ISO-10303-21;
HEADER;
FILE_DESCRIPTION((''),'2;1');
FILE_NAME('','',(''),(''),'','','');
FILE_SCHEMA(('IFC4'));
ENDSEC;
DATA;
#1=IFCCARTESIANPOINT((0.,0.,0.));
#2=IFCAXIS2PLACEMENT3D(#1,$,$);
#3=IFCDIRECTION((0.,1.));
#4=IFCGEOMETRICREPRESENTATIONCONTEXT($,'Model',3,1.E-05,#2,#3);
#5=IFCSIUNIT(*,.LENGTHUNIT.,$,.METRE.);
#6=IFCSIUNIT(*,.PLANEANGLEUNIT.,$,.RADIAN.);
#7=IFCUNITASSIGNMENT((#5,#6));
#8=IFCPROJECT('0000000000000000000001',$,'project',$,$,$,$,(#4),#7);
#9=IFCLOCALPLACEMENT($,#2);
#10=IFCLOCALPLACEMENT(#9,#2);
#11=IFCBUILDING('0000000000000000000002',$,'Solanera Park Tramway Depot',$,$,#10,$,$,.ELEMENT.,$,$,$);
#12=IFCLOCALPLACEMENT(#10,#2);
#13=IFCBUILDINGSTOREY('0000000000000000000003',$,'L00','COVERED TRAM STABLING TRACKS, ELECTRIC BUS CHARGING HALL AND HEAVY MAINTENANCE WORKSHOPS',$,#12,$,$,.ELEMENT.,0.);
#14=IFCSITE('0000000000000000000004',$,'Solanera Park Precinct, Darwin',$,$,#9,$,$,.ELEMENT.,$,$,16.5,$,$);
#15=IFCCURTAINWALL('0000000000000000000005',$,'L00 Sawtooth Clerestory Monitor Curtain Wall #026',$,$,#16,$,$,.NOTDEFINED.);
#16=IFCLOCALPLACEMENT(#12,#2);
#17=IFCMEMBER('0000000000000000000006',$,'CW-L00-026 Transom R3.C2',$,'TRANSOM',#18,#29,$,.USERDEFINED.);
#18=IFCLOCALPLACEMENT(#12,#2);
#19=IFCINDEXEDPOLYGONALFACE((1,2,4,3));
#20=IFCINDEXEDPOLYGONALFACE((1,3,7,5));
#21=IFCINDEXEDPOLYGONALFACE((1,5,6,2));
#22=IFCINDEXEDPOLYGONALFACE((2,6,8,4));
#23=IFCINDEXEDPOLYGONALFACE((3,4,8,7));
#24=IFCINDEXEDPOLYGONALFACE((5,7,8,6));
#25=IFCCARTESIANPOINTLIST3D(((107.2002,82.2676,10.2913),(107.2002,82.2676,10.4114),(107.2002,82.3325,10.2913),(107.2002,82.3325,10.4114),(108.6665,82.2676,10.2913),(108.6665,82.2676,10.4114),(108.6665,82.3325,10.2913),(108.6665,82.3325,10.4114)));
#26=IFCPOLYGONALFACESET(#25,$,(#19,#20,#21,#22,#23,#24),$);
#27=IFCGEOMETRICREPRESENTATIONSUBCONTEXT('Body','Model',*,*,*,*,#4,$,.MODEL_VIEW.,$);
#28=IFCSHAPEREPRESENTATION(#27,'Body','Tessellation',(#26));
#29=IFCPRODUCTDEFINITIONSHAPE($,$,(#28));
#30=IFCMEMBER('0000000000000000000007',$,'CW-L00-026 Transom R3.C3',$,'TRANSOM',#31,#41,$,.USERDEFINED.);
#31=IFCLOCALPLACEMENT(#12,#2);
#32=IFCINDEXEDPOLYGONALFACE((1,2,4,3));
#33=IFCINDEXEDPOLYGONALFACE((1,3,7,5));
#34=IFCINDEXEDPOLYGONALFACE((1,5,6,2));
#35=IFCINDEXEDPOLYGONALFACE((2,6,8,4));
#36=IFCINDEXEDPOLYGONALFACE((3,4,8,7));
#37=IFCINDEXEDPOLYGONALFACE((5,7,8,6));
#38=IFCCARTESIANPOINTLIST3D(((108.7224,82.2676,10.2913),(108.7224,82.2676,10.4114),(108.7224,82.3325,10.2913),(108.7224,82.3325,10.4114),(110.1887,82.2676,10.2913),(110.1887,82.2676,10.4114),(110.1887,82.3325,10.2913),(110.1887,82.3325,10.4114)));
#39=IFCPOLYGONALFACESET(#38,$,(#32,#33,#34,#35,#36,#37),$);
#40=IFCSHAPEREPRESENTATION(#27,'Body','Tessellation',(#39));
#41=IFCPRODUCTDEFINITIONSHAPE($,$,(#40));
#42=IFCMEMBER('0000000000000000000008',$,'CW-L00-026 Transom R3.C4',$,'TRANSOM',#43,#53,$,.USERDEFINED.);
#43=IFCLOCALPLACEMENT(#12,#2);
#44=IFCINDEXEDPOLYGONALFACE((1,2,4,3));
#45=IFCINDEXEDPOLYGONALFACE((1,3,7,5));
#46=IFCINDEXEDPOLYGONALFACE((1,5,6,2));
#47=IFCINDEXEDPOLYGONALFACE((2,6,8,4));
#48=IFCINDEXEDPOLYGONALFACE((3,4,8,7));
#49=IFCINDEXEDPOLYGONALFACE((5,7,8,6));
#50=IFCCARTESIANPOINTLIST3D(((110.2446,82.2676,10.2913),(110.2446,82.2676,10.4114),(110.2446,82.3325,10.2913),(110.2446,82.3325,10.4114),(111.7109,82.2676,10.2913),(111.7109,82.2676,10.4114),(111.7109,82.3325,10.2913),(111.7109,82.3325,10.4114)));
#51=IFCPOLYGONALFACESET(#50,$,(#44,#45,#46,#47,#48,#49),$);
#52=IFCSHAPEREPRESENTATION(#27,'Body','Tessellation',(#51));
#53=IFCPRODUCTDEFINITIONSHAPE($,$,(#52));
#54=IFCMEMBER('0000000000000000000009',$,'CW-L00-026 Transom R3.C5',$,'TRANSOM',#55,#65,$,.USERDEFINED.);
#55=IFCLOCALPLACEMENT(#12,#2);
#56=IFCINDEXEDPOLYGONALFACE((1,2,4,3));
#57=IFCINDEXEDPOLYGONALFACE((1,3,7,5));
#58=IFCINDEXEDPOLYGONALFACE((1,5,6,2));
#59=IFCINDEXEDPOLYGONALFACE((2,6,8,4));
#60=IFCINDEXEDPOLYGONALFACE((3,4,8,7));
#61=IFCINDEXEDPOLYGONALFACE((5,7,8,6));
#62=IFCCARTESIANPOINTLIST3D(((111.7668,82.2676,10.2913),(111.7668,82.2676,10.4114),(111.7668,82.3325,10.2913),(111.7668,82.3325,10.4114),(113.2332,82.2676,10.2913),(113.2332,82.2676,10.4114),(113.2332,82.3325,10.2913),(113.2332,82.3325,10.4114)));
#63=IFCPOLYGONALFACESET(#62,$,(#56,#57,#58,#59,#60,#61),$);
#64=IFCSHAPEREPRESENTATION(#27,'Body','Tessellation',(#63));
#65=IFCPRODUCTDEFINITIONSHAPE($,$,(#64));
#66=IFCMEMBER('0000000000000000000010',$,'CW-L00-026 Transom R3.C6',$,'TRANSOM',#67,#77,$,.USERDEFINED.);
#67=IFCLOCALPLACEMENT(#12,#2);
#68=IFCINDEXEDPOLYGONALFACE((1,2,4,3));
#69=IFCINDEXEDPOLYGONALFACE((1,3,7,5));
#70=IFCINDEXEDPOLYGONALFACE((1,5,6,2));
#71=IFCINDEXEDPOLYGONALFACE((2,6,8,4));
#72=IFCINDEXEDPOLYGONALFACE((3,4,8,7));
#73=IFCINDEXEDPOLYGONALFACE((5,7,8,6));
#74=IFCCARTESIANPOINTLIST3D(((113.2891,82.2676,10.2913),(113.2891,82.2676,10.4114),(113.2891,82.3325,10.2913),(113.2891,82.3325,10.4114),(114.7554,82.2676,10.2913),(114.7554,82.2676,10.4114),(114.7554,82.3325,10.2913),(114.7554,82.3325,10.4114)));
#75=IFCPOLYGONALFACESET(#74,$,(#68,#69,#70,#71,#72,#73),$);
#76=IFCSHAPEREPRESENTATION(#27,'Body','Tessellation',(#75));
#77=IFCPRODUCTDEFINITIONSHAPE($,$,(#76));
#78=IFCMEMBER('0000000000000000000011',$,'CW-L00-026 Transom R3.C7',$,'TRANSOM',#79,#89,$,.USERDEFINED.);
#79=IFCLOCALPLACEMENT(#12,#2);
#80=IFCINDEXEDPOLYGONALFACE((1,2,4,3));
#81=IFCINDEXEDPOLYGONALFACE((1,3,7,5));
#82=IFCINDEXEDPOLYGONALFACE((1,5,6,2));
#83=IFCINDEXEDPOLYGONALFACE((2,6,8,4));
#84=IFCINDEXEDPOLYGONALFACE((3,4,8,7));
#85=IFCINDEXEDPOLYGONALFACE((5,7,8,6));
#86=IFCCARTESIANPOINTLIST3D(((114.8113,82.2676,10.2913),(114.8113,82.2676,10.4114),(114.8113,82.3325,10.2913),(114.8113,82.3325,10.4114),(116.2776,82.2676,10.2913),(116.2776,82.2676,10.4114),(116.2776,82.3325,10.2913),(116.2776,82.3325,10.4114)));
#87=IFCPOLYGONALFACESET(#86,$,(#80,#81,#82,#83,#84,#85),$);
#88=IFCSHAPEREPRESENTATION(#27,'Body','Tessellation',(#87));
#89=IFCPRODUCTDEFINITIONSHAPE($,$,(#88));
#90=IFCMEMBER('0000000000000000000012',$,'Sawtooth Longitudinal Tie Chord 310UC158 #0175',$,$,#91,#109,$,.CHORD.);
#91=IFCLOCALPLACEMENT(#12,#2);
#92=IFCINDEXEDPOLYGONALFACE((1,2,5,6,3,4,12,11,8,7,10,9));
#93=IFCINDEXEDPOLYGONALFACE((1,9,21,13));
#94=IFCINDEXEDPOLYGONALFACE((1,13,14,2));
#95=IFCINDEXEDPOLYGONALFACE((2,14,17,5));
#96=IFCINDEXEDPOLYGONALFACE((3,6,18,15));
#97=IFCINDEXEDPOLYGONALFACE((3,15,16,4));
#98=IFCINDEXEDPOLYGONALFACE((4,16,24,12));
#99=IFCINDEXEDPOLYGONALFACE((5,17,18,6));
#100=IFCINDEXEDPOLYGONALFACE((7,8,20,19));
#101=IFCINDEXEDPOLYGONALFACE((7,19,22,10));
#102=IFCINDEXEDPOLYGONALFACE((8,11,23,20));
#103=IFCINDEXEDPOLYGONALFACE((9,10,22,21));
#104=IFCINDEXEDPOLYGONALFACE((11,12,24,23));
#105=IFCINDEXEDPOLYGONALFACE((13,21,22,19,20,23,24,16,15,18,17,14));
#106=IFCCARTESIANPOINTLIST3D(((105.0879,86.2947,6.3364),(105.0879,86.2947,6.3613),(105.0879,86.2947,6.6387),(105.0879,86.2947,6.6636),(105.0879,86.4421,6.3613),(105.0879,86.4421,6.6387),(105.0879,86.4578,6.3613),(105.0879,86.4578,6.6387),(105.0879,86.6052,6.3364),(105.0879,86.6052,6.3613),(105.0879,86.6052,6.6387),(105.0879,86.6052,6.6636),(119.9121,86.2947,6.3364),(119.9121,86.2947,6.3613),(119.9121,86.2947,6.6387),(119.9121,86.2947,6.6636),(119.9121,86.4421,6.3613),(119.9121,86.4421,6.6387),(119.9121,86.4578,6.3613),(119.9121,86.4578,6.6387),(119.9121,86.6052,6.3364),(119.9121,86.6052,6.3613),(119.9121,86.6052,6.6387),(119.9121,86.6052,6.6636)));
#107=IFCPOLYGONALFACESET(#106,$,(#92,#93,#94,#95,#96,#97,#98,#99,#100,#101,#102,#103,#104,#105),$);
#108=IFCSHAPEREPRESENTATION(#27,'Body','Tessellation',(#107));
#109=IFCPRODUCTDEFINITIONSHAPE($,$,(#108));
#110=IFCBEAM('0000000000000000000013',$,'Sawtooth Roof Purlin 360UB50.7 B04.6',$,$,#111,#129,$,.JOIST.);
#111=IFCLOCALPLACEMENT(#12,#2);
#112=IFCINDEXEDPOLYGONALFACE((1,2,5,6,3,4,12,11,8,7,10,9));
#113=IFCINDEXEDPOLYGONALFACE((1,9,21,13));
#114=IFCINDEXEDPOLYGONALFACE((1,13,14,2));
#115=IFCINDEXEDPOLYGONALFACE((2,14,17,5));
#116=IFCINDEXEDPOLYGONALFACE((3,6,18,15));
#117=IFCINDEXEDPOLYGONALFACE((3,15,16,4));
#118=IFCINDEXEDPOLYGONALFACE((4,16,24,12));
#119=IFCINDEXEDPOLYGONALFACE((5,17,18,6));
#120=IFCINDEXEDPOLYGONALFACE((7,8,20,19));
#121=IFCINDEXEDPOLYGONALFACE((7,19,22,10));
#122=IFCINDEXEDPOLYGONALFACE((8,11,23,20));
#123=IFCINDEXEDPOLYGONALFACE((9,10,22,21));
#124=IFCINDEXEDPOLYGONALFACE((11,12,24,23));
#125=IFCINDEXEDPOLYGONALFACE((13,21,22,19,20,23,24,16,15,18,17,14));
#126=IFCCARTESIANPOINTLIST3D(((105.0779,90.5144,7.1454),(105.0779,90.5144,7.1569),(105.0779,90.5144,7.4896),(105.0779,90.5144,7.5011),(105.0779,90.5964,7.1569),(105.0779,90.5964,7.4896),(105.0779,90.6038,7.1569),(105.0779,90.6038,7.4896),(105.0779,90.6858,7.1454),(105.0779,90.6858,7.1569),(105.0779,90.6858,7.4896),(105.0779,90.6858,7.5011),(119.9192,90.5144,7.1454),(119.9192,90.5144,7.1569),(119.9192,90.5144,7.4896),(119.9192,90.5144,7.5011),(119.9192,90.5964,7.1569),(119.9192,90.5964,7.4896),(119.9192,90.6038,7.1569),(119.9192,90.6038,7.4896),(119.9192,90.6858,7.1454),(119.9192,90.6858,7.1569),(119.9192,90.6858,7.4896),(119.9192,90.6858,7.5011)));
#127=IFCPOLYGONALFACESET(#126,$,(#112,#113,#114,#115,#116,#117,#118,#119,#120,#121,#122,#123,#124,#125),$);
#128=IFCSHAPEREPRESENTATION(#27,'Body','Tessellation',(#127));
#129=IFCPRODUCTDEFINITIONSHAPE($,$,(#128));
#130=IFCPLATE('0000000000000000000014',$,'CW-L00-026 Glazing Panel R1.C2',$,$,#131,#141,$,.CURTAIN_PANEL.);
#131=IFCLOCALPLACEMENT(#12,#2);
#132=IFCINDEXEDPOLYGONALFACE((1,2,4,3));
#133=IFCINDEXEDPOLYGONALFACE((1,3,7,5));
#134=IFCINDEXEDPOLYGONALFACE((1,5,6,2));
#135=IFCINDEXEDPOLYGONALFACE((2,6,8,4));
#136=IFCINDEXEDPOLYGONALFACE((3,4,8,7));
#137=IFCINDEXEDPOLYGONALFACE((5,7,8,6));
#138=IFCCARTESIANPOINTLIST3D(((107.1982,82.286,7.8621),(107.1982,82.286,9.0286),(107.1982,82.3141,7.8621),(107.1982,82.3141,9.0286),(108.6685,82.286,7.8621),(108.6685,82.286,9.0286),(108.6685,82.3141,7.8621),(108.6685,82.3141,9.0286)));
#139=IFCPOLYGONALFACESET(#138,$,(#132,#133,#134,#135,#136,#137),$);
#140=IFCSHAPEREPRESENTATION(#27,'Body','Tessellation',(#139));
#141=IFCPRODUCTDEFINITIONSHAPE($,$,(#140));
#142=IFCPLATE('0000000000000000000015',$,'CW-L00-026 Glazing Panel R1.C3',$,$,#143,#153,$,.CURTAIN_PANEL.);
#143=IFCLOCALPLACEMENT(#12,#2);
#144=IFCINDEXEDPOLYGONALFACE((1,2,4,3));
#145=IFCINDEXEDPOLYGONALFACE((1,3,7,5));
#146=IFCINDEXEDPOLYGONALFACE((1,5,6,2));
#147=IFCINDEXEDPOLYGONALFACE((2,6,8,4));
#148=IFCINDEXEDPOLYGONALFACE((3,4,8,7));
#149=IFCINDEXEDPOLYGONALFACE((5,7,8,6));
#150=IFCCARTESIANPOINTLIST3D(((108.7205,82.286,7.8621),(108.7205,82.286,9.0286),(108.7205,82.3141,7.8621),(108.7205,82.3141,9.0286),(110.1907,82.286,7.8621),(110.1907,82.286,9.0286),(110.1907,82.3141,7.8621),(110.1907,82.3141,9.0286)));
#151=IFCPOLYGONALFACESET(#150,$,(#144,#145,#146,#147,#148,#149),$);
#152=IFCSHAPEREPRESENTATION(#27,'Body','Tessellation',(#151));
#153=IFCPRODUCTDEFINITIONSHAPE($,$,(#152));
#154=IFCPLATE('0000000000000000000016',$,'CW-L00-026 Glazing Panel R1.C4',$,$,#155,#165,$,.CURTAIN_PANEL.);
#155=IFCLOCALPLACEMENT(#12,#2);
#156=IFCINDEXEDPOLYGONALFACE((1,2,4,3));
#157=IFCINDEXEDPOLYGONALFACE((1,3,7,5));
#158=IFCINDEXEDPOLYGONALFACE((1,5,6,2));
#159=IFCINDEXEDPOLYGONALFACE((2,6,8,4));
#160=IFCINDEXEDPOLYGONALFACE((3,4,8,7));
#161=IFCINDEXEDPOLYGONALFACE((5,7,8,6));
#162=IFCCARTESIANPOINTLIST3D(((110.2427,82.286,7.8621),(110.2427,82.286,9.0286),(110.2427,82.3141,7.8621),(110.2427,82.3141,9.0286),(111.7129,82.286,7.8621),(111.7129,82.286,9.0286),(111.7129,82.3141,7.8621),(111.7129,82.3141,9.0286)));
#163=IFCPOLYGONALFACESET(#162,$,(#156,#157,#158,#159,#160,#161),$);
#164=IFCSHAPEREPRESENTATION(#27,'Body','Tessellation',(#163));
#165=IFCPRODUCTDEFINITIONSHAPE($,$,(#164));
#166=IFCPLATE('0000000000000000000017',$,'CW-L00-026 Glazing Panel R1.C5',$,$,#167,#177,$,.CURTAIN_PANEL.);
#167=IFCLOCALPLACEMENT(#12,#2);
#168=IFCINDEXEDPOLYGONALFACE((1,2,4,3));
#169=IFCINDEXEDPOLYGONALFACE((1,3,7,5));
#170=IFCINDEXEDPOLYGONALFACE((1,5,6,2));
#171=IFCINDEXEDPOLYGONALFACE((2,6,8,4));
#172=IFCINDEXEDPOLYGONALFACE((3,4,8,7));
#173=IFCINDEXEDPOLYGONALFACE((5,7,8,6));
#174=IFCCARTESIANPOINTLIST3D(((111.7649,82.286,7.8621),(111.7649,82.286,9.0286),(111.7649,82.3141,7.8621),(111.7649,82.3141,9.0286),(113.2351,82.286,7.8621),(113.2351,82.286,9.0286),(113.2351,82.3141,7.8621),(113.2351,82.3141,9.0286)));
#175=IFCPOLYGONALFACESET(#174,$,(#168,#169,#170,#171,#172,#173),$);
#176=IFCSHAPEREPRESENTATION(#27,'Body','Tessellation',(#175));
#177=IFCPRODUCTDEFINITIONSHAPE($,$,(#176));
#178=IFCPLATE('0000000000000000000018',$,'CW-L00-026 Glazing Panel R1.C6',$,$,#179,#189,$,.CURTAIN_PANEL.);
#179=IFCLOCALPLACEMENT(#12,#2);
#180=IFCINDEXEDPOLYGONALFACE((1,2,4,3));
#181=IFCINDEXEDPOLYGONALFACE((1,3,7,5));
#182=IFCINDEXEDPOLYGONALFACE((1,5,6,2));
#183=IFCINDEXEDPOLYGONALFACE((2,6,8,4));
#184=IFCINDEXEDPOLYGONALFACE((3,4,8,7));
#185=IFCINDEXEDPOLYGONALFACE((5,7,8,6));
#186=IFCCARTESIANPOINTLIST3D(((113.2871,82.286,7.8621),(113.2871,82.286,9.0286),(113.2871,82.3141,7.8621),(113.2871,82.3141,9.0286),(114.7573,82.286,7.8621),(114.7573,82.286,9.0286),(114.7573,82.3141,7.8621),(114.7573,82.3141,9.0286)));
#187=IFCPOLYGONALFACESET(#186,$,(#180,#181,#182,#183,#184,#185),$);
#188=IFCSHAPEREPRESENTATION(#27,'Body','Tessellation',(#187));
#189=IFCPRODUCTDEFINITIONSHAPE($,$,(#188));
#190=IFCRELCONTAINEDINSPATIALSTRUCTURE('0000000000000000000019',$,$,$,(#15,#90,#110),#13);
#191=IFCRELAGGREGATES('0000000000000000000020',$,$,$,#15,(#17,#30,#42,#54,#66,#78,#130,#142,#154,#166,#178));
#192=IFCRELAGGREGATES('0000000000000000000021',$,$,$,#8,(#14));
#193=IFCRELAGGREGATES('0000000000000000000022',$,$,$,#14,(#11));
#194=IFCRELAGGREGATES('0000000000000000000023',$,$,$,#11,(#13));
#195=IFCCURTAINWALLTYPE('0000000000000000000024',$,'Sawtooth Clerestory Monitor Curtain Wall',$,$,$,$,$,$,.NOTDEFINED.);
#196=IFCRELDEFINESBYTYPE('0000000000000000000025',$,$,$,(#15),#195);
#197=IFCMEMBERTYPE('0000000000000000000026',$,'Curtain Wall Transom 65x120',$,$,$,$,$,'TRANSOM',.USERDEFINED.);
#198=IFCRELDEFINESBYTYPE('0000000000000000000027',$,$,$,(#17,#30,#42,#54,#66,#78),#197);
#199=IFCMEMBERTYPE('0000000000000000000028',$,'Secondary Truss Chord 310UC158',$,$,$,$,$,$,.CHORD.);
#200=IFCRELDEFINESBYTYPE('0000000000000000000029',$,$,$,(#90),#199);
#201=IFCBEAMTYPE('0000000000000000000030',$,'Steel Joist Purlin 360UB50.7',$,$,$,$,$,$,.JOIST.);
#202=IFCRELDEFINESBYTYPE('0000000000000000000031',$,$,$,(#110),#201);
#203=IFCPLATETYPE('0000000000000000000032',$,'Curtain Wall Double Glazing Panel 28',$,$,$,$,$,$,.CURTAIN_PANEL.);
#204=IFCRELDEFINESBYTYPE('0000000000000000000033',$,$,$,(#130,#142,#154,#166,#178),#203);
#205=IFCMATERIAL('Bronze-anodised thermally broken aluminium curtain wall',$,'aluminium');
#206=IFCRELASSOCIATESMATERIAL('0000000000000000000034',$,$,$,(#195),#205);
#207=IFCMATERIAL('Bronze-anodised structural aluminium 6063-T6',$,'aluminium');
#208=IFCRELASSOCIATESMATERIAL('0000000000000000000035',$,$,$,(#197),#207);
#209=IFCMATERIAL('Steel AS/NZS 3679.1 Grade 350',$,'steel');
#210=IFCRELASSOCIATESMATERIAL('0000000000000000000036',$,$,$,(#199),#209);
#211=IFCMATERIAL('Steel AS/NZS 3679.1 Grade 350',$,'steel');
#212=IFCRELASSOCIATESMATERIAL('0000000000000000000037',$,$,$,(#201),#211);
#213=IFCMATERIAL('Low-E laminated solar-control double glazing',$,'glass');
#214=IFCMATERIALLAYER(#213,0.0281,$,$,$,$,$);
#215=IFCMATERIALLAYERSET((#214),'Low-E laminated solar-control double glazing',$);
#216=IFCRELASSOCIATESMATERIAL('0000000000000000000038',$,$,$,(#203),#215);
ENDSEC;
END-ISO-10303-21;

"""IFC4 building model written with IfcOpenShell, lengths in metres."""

from ifc_helpers import new_model, si_unit, direction, frame, origin, origin_2d, place, context, subcontext, project, spatial, rectangle, i_section, extrude, material, layer, layer_set, material_profile, profile_set, type_object, element, aggregate, save


model = new_model("IFC4")

# Units and contexts
model_context = context("Model", 3, precision=1e-05, world=origin(), true_north=direction((0.0, 1.0)))
body_context = subcontext(model_context, "Body", "Model", "MODEL_VIEW")
ifc_project = project(units=[si_unit("LENGTHUNIT", "METRE"), si_unit("PLANEANGLEUNIT", "RADIAN")], contexts=[model_context])

# Site, building, storey
site_placement = place(None, origin())
site = spatial("IfcSite", under=ifc_project, at=site_placement, Name="Solanera Park Precinct, Darwin", CompositionType="ELEMENT", RefElevation=16.5)
building_placement = place(site_placement, origin())
building = spatial("IfcBuilding", under=site, at=building_placement, Name="Solanera Park Tramway Depot", CompositionType="ELEMENT")
storey_placement = place(building_placement, origin())
storey = spatial("IfcBuildingStorey", under=building, at=storey_placement, Name="L00", Description="COVERED TRAM STABLING TRACKS, ELECTRIC BUS CHARGING HALL AND HEAVY MAINTENANCE WORKSHOPS", CompositionType="ELEMENT", Elevation=0.0)

# Curtain wall, members
ifc_material_1 = material(Name="Bronze-anodised thermally broken aluminium curtain wall", Category="aluminium")
curtain_wall_type = type_object("IfcCurtainWallType", Name="Sawtooth Clerestory Monitor Curtain Wall", PredefinedType="NOTDEFINED", material=ifc_material_1)
curtain_wall_placement = place(storey_placement, origin())
curtain_wall = element("IfcCurtainWall", 1, at=curtain_wall_placement, inside=storey, type_object=curtain_wall_type, Name="L00 Sawtooth Clerestory Monitor Curtain Wall #026", PredefinedType="NOTDEFINED")
ifc_material_2 = material(Name="Bronze-anodised structural aluminium 6063-T6", Category="aluminium")
ifc_material_profile_1 = material_profile(ifc_material_2, rectangle(XDim=0.0649, YDim=0.1201, at=origin_2d()), Name="Curtain Wall Transom 65x120")
ifc_profile_set_1 = profile_set([ifc_material_profile_1], Name="Bronze-anodised structural aluminium 6063-T6")
member_type_1 = type_object("IfcMemberType", Name="Curtain Wall Transom 65x120", ElementType="TRANSOM", PredefinedType="USERDEFINED", material=ifc_profile_set_1)
member_1_placement = place(storey_placement, frame((107.2002, 82.3, 10.3513), z_axis=(1.0, 0.0, 0.0), x_axis=(0.0, 1.0, 0.0)))
member_1 = element("IfcMember", 2, at=member_1_placement, type_object=member_type_1, Name="CW-L00-026 Transom R3.C2", ObjectType="TRANSOM", PredefinedType="USERDEFINED", context=body_context, shape_type="SweptSolid", body=[
    extrude(rectangle(XDim=0.0649, YDim=0.1201, at=origin_2d()), origin(), (0.0, 0.0, 1.0), 1.4663),
])
member_2_placement = place(storey_placement, frame((108.7224, 82.3, 10.3513), z_axis=(1.0, 0.0, 0.0), x_axis=(0.0, 1.0, 0.0)))
member_2 = element("IfcMember", 3, at=member_2_placement, type_object=member_type_1, Name="CW-L00-026 Transom R3.C3", ObjectType="TRANSOM", PredefinedType="USERDEFINED", context=body_context, shape_type="SweptSolid", body=[
    extrude(rectangle(XDim=0.0649, YDim=0.1201, at=origin_2d()), origin(), (0.0, 0.0, 1.0), 1.4663),
])
member_3_placement = place(storey_placement, frame((110.2446, 82.3, 10.3513), z_axis=(1.0, 0.0, 0.0), x_axis=(0.0, 1.0, 0.0)))
member_3 = element("IfcMember", 4, at=member_3_placement, type_object=member_type_1, Name="CW-L00-026 Transom R3.C4", ObjectType="TRANSOM", PredefinedType="USERDEFINED", context=body_context, shape_type="SweptSolid", body=[
    extrude(rectangle(XDim=0.0649, YDim=0.1201, at=origin_2d()), origin(), (0.0, 0.0, 1.0), 1.4663),
])
member_4_placement = place(storey_placement, frame((111.7668, 82.3, 10.3513), z_axis=(1.0, 0.0, 0.0), x_axis=(0.0, 1.0, 0.0)))
member_4 = element("IfcMember", 5, at=member_4_placement, type_object=member_type_1, Name="CW-L00-026 Transom R3.C5", ObjectType="TRANSOM", PredefinedType="USERDEFINED", context=body_context, shape_type="SweptSolid", body=[
    extrude(rectangle(XDim=0.0649, YDim=0.1201, at=origin_2d()), origin(), (0.0, 0.0, 1.0), 1.4663),
])
member_5_placement = place(storey_placement, frame((113.2891, 82.3, 10.3513), z_axis=(1.0, 0.0, 0.0), x_axis=(0.0, 1.0, 0.0)))
member_5 = element("IfcMember", 6, at=member_5_placement, type_object=member_type_1, Name="CW-L00-026 Transom R3.C6", ObjectType="TRANSOM", PredefinedType="USERDEFINED", context=body_context, shape_type="SweptSolid", body=[
    extrude(rectangle(XDim=0.0649, YDim=0.1201, at=origin_2d()), origin(), (0.0, 0.0, 1.0), 1.4663),
])
member_6_placement = place(storey_placement, frame((114.8113, 82.3, 10.3513), z_axis=(1.0, 0.0, 0.0), x_axis=(0.0, 1.0, 0.0)))
member_6 = element("IfcMember", 7, at=member_6_placement, type_object=member_type_1, Name="CW-L00-026 Transom R3.C7", ObjectType="TRANSOM", PredefinedType="USERDEFINED", context=body_context, shape_type="SweptSolid", body=[
    extrude(rectangle(XDim=0.0649, YDim=0.1201, at=origin_2d()), origin(), (0.0, 0.0, 1.0), 1.4663),
])

# Member
ifc_material_3 = material(Name="Steel AS/NZS 3679.1 Grade 350", Category="steel")
ifc_material_profile_2 = material_profile(ifc_material_3, i_section(OverallWidth=0.3105, OverallDepth=0.3271, WebThickness=0.0156, FlangeThickness=0.0249, at=origin_2d()), Name="310UC158")
ifc_profile_set_2 = profile_set([ifc_material_profile_2], Name="Steel AS/NZS 3679.1 Grade 350")
member_type_2 = type_object("IfcMemberType", Name="Secondary Truss Chord 310UC158", PredefinedType="CHORD", material=ifc_profile_set_2)
member_7_placement = place(storey_placement, frame((105.0879, 86.45, 6.5), z_axis=(1.0, 0.0, 0.0), x_axis=(0.0, 1.0, 0.0)))
element("IfcMember", 8, at=member_7_placement, inside=storey, type_object=member_type_2, Name="Sawtooth Longitudinal Tie Chord 310UC158 #0175", PredefinedType="CHORD", context=body_context, shape_type="SweptSolid", body=[
    extrude(i_section(OverallWidth=0.3105, OverallDepth=0.3271, WebThickness=0.0156, FlangeThickness=0.0249, at=origin_2d()), origin(), (0.0, 0.0, 1.0), 14.8242),
])

# Beam
ifc_material_4 = material(Name="Steel AS/NZS 3679.1 Grade 350", Category="steel")
ifc_material_profile_3 = material_profile(ifc_material_4, i_section(OverallWidth=0.1714, OverallDepth=0.3557, WebThickness=0.0073, FlangeThickness=0.0115, at=origin_2d()), Name="360UB50.7")
ifc_profile_set_3 = profile_set([ifc_material_profile_3], Name="Steel AS/NZS 3679.1 Grade 350")
beam_type = type_object("IfcBeamType", Name="Steel Joist Purlin 360UB50.7", PredefinedType="JOIST", material=ifc_profile_set_3)
beam_placement = place(storey_placement, frame((105.0779, 90.6001, 7.3232), z_axis=(1.0, 0.0, 0.0), x_axis=(0.0, 1.0, 0.0)))
element("IfcBeam", 9, at=beam_placement, inside=storey, type_object=beam_type, Name="Sawtooth Roof Purlin 360UB50.7 B04.6", PredefinedType="JOIST", context=body_context, shape_type="SweptSolid", body=[
    extrude(i_section(OverallWidth=0.1714, OverallDepth=0.3557, WebThickness=0.0073, FlangeThickness=0.0115, at=origin_2d()), origin(), (0.0, 0.0, 1.0), 14.8413),
])

# Plates
ifc_material_5 = material(Name="Low-E laminated solar-control double glazing", Category="glass")
ifc_layer = layer(ifc_material_5, 0.0281)
ifc_layer_set = layer_set([ifc_layer], Name="Low-E laminated solar-control double glazing")
plate_type = type_object("IfcPlateType", Name="Curtain Wall Double Glazing Panel 28", PredefinedType="CURTAIN_PANEL", material=ifc_layer_set)
plate_1_placement = place(storey_placement, frame((107.9333, 82.3, 7.8621), z_axis=(0.0, 0.0, 1.0), x_axis=(1.0, 0.0, 0.0)))
plate_1 = element("IfcPlate", 10, at=plate_1_placement, type_object=plate_type, Name="CW-L00-026 Glazing Panel R1.C2", PredefinedType="CURTAIN_PANEL", context=body_context, shape_type="SweptSolid", body=[
    extrude(rectangle(XDim=1.4702, YDim=0.0281, at=origin_2d()), origin(), (0.0, 0.0, 1.0), 1.1665),
])
plate_2_placement = place(storey_placement, frame((109.4556, 82.3, 7.8621), z_axis=(0.0, 0.0, 1.0), x_axis=(1.0, 0.0, 0.0)))
plate_2 = element("IfcPlate", 11, at=plate_2_placement, type_object=plate_type, Name="CW-L00-026 Glazing Panel R1.C3", PredefinedType="CURTAIN_PANEL", context=body_context, shape_type="SweptSolid", body=[
    extrude(rectangle(XDim=1.4702, YDim=0.0281, at=origin_2d()), origin(), (0.0, 0.0, 1.0), 1.1665),
])
plate_3_placement = place(storey_placement, frame((110.9778, 82.3, 7.8621), z_axis=(0.0, 0.0, 1.0), x_axis=(1.0, 0.0, 0.0)))
plate_3 = element("IfcPlate", 12, at=plate_3_placement, type_object=plate_type, Name="CW-L00-026 Glazing Panel R1.C4", PredefinedType="CURTAIN_PANEL", context=body_context, shape_type="SweptSolid", body=[
    extrude(rectangle(XDim=1.4702, YDim=0.0281, at=origin_2d()), origin(), (0.0, 0.0, 1.0), 1.1665),
])
plate_4_placement = place(storey_placement, frame((112.5, 82.3, 7.8621), z_axis=(0.0, 0.0, 1.0), x_axis=(1.0, 0.0, 0.0)))
plate_4 = element("IfcPlate", 13, at=plate_4_placement, type_object=plate_type, Name="CW-L00-026 Glazing Panel R1.C5", PredefinedType="CURTAIN_PANEL", context=body_context, shape_type="SweptSolid", body=[
    extrude(rectangle(XDim=1.4702, YDim=0.0281, at=origin_2d()), origin(), (0.0, 0.0, 1.0), 1.1665),
])
plate_5_placement = place(storey_placement, frame((114.0222, 82.3, 7.8621), z_axis=(0.0, 0.0, 1.0), x_axis=(1.0, 0.0, 0.0)))
plate_5 = element("IfcPlate", 14, at=plate_5_placement, type_object=plate_type, Name="CW-L00-026 Glazing Panel R1.C6", PredefinedType="CURTAIN_PANEL", context=body_context, shape_type="SweptSolid", body=[
    extrude(rectangle(XDim=1.4702, YDim=0.0281, at=origin_2d()), origin(), (0.0, 0.0, 1.0), 1.1665),
])
aggregate(curtain_wall, [member_1, member_2, member_3, member_4, member_5, member_6, plate_1, plate_2, plate_3, plate_4, plate_5])

save(model, "model.ifc")
